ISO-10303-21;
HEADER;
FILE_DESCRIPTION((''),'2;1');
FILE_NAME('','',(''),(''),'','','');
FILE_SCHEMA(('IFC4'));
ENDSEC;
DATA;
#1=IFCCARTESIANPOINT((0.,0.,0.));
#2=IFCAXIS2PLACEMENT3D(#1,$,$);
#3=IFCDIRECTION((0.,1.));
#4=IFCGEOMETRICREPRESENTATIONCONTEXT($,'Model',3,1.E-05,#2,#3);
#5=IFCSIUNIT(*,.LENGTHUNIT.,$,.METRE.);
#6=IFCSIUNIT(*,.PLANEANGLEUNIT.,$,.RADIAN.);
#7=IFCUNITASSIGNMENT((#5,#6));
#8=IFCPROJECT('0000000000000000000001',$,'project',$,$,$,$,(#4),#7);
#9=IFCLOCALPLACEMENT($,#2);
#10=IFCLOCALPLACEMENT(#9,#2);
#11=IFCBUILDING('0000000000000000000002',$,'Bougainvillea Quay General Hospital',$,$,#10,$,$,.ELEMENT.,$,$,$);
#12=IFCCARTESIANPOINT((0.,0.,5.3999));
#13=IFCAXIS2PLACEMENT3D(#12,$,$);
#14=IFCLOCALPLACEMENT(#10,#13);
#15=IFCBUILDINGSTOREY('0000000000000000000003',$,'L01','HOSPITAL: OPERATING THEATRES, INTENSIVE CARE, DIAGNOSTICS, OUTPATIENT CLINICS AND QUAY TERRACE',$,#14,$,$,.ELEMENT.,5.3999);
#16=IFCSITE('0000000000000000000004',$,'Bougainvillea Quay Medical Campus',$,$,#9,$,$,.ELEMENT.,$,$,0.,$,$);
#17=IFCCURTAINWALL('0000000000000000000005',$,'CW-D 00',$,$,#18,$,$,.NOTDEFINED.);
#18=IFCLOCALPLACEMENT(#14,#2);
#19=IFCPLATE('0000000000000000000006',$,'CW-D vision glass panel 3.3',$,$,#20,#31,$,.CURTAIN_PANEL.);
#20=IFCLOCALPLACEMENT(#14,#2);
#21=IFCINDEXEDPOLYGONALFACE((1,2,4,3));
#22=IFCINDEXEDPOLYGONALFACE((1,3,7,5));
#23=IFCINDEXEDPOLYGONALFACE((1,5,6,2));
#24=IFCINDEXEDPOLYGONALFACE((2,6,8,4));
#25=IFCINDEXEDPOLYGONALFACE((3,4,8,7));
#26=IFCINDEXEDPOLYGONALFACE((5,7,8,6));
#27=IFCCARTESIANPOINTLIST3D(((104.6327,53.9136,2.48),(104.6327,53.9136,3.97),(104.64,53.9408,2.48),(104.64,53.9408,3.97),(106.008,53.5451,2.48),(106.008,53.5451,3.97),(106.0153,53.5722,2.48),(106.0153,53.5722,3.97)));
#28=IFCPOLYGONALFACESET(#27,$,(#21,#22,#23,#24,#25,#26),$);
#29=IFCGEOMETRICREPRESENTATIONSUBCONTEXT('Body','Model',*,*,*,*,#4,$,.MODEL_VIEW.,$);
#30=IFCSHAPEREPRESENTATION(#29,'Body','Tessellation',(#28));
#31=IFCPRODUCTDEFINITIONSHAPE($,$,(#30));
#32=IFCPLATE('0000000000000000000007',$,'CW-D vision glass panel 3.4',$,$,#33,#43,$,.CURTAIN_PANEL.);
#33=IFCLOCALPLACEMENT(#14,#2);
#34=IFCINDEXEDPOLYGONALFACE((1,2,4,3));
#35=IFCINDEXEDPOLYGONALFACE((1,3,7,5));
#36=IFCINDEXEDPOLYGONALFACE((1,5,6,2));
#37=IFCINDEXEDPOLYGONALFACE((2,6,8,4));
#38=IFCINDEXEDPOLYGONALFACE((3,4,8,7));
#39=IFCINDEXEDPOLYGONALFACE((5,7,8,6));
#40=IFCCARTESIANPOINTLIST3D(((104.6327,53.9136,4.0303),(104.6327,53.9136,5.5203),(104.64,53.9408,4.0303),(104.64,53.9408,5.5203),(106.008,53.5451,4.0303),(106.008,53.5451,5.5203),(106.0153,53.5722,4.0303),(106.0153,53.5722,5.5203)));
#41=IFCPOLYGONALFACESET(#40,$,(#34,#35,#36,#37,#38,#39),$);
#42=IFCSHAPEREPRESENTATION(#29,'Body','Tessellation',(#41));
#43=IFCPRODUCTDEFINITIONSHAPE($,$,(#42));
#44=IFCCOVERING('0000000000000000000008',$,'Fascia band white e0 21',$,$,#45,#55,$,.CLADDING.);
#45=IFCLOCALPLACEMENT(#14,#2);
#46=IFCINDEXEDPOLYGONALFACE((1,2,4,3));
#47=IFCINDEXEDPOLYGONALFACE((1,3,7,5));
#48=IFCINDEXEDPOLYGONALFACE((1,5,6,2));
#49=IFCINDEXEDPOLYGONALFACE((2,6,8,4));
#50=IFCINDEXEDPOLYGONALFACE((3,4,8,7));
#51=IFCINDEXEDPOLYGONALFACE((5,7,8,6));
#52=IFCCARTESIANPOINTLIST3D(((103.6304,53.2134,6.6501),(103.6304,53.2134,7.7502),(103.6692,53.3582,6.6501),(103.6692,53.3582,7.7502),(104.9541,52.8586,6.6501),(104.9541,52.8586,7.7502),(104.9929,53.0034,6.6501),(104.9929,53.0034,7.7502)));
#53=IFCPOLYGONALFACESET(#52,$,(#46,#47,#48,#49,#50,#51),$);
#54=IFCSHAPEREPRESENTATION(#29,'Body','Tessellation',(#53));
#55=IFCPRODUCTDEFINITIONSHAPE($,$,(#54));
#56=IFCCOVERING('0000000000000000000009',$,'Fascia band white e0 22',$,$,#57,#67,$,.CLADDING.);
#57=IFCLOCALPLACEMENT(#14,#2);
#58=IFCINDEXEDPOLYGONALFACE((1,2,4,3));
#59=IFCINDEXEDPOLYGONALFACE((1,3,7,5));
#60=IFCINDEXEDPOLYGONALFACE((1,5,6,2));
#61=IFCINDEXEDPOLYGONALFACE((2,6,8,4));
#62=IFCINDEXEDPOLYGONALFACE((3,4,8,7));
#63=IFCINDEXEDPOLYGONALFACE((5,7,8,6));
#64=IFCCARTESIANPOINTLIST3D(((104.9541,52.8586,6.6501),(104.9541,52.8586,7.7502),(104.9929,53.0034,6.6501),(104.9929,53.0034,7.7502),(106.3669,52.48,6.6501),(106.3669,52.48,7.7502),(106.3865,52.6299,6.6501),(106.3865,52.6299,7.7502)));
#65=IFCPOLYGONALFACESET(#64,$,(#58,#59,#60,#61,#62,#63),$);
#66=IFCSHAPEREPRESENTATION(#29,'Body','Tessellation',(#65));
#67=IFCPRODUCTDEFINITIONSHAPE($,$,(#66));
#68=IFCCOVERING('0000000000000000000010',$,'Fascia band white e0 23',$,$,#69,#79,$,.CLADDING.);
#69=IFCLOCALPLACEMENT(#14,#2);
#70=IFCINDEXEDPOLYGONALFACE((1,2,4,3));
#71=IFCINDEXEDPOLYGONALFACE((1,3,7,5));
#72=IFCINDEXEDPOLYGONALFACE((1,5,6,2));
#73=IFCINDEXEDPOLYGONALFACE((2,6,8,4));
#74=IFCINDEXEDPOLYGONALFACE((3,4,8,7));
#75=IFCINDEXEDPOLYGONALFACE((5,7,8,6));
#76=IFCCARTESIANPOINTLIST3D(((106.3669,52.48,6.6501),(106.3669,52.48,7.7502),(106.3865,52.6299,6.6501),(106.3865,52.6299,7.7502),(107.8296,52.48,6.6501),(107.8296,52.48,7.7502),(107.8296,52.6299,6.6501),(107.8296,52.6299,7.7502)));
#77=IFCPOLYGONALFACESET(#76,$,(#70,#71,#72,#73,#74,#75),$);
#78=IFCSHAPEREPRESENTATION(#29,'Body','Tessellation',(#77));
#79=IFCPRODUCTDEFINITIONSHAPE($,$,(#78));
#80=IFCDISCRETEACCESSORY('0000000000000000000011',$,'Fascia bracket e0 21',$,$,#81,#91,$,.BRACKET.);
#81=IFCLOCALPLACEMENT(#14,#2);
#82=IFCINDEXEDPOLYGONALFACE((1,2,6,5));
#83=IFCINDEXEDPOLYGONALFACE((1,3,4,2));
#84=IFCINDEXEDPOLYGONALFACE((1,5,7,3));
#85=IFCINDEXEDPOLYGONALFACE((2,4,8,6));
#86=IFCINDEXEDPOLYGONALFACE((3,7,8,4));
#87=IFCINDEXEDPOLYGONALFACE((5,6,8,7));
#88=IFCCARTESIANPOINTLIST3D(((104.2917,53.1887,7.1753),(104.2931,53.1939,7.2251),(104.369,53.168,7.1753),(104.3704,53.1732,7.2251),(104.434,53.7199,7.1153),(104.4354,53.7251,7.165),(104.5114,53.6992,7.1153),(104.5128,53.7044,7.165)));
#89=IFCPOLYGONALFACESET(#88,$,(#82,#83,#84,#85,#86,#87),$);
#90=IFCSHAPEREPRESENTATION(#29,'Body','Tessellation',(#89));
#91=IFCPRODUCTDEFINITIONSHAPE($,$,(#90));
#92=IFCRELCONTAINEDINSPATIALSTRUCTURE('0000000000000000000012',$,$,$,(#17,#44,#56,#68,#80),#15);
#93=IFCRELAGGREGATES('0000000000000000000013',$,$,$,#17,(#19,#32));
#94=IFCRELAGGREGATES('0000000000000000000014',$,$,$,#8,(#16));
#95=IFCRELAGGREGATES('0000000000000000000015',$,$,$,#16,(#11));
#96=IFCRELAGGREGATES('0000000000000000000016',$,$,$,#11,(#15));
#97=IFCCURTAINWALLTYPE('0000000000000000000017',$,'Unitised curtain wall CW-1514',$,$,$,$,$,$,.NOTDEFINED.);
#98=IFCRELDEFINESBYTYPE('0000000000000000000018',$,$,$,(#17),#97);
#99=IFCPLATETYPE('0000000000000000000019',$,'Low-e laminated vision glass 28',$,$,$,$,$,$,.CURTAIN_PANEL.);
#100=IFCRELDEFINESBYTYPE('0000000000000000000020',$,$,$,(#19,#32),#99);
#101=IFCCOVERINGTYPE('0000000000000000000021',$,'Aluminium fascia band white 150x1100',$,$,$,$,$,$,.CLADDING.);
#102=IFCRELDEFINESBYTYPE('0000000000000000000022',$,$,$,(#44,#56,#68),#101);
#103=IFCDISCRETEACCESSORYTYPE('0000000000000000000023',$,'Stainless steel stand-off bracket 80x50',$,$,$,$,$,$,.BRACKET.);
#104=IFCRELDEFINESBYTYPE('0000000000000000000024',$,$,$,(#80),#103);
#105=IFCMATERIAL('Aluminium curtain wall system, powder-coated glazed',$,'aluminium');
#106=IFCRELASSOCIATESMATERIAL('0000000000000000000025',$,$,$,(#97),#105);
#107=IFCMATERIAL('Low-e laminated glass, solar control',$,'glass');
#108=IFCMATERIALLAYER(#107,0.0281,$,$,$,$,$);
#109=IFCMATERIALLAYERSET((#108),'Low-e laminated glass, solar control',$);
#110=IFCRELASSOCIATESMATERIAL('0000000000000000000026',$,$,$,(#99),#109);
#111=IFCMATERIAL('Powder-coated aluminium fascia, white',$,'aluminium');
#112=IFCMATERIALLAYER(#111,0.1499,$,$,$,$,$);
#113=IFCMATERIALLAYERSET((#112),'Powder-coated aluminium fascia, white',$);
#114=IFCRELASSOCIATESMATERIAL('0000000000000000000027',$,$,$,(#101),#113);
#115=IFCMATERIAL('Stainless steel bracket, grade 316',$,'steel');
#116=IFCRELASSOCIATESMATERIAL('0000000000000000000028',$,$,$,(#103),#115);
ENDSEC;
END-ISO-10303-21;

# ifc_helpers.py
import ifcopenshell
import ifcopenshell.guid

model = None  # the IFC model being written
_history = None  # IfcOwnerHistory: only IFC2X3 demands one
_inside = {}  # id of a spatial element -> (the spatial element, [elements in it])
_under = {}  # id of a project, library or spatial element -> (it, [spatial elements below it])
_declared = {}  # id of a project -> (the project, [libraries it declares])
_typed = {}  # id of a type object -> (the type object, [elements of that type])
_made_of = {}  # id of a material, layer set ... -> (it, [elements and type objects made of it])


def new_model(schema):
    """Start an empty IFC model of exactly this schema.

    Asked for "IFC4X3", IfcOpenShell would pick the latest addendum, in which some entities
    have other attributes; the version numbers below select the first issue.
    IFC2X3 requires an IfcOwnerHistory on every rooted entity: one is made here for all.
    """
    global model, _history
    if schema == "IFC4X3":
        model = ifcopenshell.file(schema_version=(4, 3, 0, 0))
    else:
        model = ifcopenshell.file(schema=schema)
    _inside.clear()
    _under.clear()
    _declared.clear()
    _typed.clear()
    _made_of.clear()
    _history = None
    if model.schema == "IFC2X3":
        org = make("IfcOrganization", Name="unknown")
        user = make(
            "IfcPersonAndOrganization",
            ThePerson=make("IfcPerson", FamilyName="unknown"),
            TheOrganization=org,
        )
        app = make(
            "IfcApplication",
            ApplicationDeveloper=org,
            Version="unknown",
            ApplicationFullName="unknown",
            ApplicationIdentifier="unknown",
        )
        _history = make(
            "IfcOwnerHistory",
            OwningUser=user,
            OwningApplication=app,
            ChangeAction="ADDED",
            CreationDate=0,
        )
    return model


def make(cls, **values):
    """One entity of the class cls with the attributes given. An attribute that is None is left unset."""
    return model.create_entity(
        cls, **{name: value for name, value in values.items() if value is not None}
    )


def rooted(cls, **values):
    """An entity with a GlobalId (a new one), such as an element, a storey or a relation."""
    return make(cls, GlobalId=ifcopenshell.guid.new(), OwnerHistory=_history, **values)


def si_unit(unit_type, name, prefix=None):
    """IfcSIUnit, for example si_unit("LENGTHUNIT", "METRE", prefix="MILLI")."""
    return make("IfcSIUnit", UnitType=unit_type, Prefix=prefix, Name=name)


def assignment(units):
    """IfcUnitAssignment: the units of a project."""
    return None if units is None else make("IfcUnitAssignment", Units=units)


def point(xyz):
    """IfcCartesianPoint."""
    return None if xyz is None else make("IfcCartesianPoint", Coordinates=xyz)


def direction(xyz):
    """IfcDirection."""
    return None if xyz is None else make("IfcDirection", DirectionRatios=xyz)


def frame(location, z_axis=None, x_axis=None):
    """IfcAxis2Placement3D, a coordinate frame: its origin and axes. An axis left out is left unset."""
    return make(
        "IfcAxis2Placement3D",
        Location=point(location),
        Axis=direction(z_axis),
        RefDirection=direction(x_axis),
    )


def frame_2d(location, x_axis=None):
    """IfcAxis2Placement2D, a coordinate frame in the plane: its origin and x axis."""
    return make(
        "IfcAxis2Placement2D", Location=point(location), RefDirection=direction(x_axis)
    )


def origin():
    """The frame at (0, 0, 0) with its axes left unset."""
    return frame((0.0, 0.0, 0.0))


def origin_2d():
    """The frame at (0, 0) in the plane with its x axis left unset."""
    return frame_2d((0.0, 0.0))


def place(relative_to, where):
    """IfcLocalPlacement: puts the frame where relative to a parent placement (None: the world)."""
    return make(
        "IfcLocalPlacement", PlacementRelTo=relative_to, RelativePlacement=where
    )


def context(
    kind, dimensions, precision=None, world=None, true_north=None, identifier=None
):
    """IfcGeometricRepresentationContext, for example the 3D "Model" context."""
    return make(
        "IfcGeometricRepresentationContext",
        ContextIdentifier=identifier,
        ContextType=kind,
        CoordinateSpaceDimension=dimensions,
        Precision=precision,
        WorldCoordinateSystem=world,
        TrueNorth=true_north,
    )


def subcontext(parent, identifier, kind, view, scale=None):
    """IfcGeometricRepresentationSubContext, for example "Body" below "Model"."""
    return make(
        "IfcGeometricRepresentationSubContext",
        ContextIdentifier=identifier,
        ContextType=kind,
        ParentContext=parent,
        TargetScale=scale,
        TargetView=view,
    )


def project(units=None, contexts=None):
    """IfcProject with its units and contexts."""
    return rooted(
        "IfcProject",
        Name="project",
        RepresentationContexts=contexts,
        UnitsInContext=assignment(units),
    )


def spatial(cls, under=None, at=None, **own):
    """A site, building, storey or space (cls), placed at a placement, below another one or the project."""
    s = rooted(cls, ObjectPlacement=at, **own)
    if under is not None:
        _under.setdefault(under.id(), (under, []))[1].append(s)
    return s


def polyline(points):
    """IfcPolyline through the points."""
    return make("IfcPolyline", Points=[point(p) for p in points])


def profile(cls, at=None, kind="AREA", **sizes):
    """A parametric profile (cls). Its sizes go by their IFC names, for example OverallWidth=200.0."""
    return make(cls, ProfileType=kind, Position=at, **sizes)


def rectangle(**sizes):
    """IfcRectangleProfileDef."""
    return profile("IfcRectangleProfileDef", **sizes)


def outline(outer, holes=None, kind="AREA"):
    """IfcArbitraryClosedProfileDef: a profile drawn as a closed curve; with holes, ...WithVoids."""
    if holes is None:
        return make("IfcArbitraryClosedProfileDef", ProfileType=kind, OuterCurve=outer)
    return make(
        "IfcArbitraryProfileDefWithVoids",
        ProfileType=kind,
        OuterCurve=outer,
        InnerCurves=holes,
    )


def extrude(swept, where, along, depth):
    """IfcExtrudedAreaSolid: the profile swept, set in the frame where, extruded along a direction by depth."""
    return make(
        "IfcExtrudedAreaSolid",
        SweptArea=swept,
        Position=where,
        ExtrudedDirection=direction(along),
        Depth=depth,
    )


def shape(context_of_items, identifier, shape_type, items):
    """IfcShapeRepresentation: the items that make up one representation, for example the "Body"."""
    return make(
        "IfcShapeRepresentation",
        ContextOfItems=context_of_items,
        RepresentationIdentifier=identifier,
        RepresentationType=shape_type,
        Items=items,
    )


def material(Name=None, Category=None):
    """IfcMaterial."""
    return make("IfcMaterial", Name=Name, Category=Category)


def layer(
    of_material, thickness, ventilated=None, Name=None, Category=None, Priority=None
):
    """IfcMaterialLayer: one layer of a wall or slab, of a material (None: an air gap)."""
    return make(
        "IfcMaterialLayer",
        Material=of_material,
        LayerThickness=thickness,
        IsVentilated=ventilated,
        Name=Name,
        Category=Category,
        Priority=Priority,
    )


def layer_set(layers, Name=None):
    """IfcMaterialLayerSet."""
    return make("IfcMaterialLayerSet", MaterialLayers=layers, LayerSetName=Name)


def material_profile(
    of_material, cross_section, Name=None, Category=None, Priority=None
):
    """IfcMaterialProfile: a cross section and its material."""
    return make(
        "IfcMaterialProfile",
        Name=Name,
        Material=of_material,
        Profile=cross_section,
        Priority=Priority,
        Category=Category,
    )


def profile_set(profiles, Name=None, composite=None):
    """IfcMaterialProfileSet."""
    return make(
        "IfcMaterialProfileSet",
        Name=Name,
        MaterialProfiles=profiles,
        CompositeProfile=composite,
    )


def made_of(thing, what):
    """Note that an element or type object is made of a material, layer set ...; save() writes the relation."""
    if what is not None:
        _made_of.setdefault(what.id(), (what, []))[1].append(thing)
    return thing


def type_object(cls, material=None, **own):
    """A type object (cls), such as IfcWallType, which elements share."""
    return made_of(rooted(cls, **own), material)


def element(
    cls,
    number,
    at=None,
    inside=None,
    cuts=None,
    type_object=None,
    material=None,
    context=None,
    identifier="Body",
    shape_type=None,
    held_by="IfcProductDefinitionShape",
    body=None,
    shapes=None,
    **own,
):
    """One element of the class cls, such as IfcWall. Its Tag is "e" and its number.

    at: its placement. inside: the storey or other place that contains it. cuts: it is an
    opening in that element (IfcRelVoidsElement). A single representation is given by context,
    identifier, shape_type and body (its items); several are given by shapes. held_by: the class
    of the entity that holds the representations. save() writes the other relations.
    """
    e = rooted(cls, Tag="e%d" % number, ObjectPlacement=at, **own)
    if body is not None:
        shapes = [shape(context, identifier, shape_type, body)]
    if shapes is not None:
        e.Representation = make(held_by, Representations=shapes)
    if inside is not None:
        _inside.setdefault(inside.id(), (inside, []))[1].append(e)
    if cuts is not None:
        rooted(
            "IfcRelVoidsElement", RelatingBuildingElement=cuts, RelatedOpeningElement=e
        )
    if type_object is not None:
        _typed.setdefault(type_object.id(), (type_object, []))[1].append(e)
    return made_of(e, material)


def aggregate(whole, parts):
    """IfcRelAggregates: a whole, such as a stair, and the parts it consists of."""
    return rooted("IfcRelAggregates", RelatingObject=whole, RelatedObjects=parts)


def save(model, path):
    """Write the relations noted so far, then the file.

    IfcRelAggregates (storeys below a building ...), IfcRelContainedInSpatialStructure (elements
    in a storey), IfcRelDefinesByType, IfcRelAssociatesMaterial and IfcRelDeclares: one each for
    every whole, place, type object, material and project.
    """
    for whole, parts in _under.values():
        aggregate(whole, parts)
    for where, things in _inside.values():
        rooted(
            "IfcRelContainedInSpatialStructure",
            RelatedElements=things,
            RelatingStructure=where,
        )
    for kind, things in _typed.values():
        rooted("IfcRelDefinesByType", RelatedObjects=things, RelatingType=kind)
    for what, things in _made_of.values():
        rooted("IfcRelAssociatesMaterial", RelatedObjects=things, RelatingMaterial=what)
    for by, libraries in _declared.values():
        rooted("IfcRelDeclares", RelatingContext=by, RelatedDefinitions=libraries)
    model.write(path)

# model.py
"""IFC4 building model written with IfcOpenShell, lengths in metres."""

from ifc_helpers import new_model, si_unit, direction, frame, origin, origin_2d, place, context, subcontext, project, spatial, polyline, rectangle, outline, extrude, material, layer, layer_set, material_profile, profile_set, type_object, element, aggregate, save


model = new_model("IFC4")

# Units and contexts
model_context = context("Model", 3, precision=1e-05, world=origin(), true_north=direction((0.0, 1.0)))
body_context = subcontext(model_context, "Body", "Model", "MODEL_VIEW")
ifc_project = project(units=[si_unit("LENGTHUNIT", "METRE"), si_unit("PLANEANGLEUNIT", "RADIAN")], contexts=[model_context])

# Site, building, storey
site_placement = place(None, origin())
site = spatial("IfcSite", under=ifc_project, at=site_placement, Name="Bougainvillea Quay Medical Campus", CompositionType="ELEMENT", RefElevation=0.0)
building_placement = place(site_placement, origin())
building = spatial("IfcBuilding", under=site, at=building_placement, Name="Bougainvillea Quay General Hospital", CompositionType="ELEMENT")
storey_placement = place(building_placement, frame((0.0, 0.0, 5.3999)))
storey = spatial("IfcBuildingStorey", under=building, at=storey_placement, Name="L01", Description="HOSPITAL: OPERATING THEATRES, INTENSIVE CARE, DIAGNOSTICS, OUTPATIENT CLINICS AND QUAY TERRACE", CompositionType="ELEMENT", Elevation=5.3999)

# Curtain wall
ifc_material_1 = material(Name="Aluminium curtain wall system, powder-coated glazed", Category="aluminium")
curtain_wall_type = type_object("IfcCurtainWallType", Name="Unitised curtain wall CW-1514", PredefinedType="NOTDEFINED", material=ifc_material_1)
curtain_wall_1_placement = place(storey_placement, origin())
curtain_wall_1 = element("IfcCurtainWall", 1, at=curtain_wall_1_placement, inside=storey, type_object=curtain_wall_type, Name="CW-D 00", PredefinedType="NOTDEFINED")

# Plates
ifc_material_2 = material(Name="Low-e laminated glass, solar control", Category="glass")
ifc_layer_1 = layer(ifc_material_2, 0.0281)
ifc_layer_set_1 = layer_set([ifc_layer_1], Name="Low-e laminated glass, solar control")
plate_type_1 = type_object("IfcPlateType", Name="Low-e laminated vision glass 28", PredefinedType="CURTAIN_PANEL", material=ifc_layer_set_1)
plate_1_placement = place(storey_placement, frame((105.324, 53.7429, 2.48), z_axis=(0.0, 0.0, 1.0), x_axis=(0.965916, -0.258855, 0.0)))
plate_1 = element("IfcPlate", 2, at=plate_1_placement, type_object=plate_type_1, Name="CW-D vision glass panel 3.3", PredefinedType="CURTAIN_PANEL", context=body_context, shape_type="SweptSolid", body=[
    extrude(rectangle(XDim=1.4238, YDim=0.0281, at=origin_2d()), origin(), (0.0, 0.0, 1.0), 1.49),
])
plate_2_placement = place(storey_placement, frame((105.324, 53.7429, 4.0303), z_axis=(0.0, 0.0, 1.0), x_axis=(0.965916, -0.258855, 0.0)))
plate_2 = element("IfcPlate", 3, at=plate_2_placement, type_object=plate_type_1, Name="CW-D vision glass panel 3.4", PredefinedType="CURTAIN_PANEL", context=body_context, shape_type="SweptSolid", body=[
    extrude(rectangle(XDim=1.4238, YDim=0.0281, at=origin_2d()), origin(), (0.0, 0.0, 1.0), 1.49),
])
aggregate(curtain_wall_1, [plate_1, plate_2])

# Coverings
ifc_material_3 = material(Name="Powder-coated aluminium fascia, white", Category="aluminium")
ifc_layer_2 = layer(ifc_material_3, 0.1499)
ifc_layer_set_2 = layer_set([ifc_layer_2], Name="Powder-coated aluminium fascia, white")
covering_type = type_object("IfcCoveringType", Name="Aluminium fascia band white 150x1100", PredefinedType="CLADDING", material=ifc_layer_set_2)
covering_1_placement = place(storey_placement, frame((103.6692, 53.3582, 6.6501), z_axis=(0.0, 0.0, 1.0), x_axis=(0.965918, -0.258849, 0.0)))
element("IfcCovering", 4, at=covering_1_placement, inside=storey, type_object=covering_type, Name="Fascia band white e0 21", PredefinedType="CLADDING", context=body_context, shape_type="SweptSolid", body=[
    extrude(outline(polyline([(0.0, 0.0), (1.3704, 0.0), (1.3704, -0.1499), (0.0, -0.1499), (0.0, 0.0)])), origin(), (0.0, 0.0, 1.0), 1.1001),
])
covering_2_placement = place(storey_placement, frame((104.9929, 53.0034, 6.6501), z_axis=(0.0, 0.0, 1.0), x_axis=(0.965903, -0.258905, 0.0)))
element("IfcCovering", 5, at=covering_2_placement, inside=storey, type_object=covering_type, Name="Fascia band white e0 22", PredefinedType="CLADDING", context=body_context, shape_type="SweptSolid", body=[
    extrude(outline(polyline([(0.0, 0.0), (1.4427, 0.0), (1.4627, -0.1498), (0.0, -0.1499), (0.0, 0.0)])), origin(), (0.0, 0.0, 1.0), 1.1001),
])
covering_3_placement = place(storey_placement, frame((106.3865, 52.6299, 6.6501), z_axis=(0.0, 0.0, 1.0), x_axis=(1.0, 0.0, 0.0)))
element("IfcCovering", 6, at=covering_3_placement, inside=storey, type_object=covering_type, Name="Fascia band white e0 23", PredefinedType="CLADDING", context=body_context, shape_type="SweptSolid", body=[
    extrude(outline(polyline([(0.0, 0.0), (1.4431, 0.0), (1.4431, -0.1499), (-0.0195, -0.1499), (0.0, 0.0)])), origin(), (0.0, 0.0, 1.0), 1.1001),
])

# Discrete accessory
ifc_material_4 = material(Name="Stainless steel bracket, grade 316", Category="steel")
ifc_material_profile_1 = material_profile(ifc_material_4, rectangle(XDim=0.0801, YDim=0.05, at=origin_2d()))
ifc_profile_set_1 = profile_set([ifc_material_profile_1], Name="Stainless steel bracket, grade 316")
discrete_accessory_type = type_object("IfcDiscreteAccessoryType", Name="Stainless steel stand-off bracket 80x50", PredefinedType="BRACKET", material=ifc_profile_set_1)
discrete_accessory_placement = place(storey_placement, frame((104.4734, 53.7122, 7.1401), z_axis=(-0.257266, -0.960224, 0.108555), x_axis=(0.965932, -0.258795, 0.0)))
element("IfcDiscreteAccessory", 7, at=discrete_accessory_placement, inside=storey, type_object=discrete_accessory_type, Name="Fascia bracket e0 21", PredefinedType="BRACKET", context=body_context, shape_type="SweptSolid", body=[
    extrude(rectangle(XDim=0.0801, YDim=0.05, at=origin_2d()), origin(), (0.0, 0.0, 1.0), 0.5532),
])

save(model, "model.ifc")
